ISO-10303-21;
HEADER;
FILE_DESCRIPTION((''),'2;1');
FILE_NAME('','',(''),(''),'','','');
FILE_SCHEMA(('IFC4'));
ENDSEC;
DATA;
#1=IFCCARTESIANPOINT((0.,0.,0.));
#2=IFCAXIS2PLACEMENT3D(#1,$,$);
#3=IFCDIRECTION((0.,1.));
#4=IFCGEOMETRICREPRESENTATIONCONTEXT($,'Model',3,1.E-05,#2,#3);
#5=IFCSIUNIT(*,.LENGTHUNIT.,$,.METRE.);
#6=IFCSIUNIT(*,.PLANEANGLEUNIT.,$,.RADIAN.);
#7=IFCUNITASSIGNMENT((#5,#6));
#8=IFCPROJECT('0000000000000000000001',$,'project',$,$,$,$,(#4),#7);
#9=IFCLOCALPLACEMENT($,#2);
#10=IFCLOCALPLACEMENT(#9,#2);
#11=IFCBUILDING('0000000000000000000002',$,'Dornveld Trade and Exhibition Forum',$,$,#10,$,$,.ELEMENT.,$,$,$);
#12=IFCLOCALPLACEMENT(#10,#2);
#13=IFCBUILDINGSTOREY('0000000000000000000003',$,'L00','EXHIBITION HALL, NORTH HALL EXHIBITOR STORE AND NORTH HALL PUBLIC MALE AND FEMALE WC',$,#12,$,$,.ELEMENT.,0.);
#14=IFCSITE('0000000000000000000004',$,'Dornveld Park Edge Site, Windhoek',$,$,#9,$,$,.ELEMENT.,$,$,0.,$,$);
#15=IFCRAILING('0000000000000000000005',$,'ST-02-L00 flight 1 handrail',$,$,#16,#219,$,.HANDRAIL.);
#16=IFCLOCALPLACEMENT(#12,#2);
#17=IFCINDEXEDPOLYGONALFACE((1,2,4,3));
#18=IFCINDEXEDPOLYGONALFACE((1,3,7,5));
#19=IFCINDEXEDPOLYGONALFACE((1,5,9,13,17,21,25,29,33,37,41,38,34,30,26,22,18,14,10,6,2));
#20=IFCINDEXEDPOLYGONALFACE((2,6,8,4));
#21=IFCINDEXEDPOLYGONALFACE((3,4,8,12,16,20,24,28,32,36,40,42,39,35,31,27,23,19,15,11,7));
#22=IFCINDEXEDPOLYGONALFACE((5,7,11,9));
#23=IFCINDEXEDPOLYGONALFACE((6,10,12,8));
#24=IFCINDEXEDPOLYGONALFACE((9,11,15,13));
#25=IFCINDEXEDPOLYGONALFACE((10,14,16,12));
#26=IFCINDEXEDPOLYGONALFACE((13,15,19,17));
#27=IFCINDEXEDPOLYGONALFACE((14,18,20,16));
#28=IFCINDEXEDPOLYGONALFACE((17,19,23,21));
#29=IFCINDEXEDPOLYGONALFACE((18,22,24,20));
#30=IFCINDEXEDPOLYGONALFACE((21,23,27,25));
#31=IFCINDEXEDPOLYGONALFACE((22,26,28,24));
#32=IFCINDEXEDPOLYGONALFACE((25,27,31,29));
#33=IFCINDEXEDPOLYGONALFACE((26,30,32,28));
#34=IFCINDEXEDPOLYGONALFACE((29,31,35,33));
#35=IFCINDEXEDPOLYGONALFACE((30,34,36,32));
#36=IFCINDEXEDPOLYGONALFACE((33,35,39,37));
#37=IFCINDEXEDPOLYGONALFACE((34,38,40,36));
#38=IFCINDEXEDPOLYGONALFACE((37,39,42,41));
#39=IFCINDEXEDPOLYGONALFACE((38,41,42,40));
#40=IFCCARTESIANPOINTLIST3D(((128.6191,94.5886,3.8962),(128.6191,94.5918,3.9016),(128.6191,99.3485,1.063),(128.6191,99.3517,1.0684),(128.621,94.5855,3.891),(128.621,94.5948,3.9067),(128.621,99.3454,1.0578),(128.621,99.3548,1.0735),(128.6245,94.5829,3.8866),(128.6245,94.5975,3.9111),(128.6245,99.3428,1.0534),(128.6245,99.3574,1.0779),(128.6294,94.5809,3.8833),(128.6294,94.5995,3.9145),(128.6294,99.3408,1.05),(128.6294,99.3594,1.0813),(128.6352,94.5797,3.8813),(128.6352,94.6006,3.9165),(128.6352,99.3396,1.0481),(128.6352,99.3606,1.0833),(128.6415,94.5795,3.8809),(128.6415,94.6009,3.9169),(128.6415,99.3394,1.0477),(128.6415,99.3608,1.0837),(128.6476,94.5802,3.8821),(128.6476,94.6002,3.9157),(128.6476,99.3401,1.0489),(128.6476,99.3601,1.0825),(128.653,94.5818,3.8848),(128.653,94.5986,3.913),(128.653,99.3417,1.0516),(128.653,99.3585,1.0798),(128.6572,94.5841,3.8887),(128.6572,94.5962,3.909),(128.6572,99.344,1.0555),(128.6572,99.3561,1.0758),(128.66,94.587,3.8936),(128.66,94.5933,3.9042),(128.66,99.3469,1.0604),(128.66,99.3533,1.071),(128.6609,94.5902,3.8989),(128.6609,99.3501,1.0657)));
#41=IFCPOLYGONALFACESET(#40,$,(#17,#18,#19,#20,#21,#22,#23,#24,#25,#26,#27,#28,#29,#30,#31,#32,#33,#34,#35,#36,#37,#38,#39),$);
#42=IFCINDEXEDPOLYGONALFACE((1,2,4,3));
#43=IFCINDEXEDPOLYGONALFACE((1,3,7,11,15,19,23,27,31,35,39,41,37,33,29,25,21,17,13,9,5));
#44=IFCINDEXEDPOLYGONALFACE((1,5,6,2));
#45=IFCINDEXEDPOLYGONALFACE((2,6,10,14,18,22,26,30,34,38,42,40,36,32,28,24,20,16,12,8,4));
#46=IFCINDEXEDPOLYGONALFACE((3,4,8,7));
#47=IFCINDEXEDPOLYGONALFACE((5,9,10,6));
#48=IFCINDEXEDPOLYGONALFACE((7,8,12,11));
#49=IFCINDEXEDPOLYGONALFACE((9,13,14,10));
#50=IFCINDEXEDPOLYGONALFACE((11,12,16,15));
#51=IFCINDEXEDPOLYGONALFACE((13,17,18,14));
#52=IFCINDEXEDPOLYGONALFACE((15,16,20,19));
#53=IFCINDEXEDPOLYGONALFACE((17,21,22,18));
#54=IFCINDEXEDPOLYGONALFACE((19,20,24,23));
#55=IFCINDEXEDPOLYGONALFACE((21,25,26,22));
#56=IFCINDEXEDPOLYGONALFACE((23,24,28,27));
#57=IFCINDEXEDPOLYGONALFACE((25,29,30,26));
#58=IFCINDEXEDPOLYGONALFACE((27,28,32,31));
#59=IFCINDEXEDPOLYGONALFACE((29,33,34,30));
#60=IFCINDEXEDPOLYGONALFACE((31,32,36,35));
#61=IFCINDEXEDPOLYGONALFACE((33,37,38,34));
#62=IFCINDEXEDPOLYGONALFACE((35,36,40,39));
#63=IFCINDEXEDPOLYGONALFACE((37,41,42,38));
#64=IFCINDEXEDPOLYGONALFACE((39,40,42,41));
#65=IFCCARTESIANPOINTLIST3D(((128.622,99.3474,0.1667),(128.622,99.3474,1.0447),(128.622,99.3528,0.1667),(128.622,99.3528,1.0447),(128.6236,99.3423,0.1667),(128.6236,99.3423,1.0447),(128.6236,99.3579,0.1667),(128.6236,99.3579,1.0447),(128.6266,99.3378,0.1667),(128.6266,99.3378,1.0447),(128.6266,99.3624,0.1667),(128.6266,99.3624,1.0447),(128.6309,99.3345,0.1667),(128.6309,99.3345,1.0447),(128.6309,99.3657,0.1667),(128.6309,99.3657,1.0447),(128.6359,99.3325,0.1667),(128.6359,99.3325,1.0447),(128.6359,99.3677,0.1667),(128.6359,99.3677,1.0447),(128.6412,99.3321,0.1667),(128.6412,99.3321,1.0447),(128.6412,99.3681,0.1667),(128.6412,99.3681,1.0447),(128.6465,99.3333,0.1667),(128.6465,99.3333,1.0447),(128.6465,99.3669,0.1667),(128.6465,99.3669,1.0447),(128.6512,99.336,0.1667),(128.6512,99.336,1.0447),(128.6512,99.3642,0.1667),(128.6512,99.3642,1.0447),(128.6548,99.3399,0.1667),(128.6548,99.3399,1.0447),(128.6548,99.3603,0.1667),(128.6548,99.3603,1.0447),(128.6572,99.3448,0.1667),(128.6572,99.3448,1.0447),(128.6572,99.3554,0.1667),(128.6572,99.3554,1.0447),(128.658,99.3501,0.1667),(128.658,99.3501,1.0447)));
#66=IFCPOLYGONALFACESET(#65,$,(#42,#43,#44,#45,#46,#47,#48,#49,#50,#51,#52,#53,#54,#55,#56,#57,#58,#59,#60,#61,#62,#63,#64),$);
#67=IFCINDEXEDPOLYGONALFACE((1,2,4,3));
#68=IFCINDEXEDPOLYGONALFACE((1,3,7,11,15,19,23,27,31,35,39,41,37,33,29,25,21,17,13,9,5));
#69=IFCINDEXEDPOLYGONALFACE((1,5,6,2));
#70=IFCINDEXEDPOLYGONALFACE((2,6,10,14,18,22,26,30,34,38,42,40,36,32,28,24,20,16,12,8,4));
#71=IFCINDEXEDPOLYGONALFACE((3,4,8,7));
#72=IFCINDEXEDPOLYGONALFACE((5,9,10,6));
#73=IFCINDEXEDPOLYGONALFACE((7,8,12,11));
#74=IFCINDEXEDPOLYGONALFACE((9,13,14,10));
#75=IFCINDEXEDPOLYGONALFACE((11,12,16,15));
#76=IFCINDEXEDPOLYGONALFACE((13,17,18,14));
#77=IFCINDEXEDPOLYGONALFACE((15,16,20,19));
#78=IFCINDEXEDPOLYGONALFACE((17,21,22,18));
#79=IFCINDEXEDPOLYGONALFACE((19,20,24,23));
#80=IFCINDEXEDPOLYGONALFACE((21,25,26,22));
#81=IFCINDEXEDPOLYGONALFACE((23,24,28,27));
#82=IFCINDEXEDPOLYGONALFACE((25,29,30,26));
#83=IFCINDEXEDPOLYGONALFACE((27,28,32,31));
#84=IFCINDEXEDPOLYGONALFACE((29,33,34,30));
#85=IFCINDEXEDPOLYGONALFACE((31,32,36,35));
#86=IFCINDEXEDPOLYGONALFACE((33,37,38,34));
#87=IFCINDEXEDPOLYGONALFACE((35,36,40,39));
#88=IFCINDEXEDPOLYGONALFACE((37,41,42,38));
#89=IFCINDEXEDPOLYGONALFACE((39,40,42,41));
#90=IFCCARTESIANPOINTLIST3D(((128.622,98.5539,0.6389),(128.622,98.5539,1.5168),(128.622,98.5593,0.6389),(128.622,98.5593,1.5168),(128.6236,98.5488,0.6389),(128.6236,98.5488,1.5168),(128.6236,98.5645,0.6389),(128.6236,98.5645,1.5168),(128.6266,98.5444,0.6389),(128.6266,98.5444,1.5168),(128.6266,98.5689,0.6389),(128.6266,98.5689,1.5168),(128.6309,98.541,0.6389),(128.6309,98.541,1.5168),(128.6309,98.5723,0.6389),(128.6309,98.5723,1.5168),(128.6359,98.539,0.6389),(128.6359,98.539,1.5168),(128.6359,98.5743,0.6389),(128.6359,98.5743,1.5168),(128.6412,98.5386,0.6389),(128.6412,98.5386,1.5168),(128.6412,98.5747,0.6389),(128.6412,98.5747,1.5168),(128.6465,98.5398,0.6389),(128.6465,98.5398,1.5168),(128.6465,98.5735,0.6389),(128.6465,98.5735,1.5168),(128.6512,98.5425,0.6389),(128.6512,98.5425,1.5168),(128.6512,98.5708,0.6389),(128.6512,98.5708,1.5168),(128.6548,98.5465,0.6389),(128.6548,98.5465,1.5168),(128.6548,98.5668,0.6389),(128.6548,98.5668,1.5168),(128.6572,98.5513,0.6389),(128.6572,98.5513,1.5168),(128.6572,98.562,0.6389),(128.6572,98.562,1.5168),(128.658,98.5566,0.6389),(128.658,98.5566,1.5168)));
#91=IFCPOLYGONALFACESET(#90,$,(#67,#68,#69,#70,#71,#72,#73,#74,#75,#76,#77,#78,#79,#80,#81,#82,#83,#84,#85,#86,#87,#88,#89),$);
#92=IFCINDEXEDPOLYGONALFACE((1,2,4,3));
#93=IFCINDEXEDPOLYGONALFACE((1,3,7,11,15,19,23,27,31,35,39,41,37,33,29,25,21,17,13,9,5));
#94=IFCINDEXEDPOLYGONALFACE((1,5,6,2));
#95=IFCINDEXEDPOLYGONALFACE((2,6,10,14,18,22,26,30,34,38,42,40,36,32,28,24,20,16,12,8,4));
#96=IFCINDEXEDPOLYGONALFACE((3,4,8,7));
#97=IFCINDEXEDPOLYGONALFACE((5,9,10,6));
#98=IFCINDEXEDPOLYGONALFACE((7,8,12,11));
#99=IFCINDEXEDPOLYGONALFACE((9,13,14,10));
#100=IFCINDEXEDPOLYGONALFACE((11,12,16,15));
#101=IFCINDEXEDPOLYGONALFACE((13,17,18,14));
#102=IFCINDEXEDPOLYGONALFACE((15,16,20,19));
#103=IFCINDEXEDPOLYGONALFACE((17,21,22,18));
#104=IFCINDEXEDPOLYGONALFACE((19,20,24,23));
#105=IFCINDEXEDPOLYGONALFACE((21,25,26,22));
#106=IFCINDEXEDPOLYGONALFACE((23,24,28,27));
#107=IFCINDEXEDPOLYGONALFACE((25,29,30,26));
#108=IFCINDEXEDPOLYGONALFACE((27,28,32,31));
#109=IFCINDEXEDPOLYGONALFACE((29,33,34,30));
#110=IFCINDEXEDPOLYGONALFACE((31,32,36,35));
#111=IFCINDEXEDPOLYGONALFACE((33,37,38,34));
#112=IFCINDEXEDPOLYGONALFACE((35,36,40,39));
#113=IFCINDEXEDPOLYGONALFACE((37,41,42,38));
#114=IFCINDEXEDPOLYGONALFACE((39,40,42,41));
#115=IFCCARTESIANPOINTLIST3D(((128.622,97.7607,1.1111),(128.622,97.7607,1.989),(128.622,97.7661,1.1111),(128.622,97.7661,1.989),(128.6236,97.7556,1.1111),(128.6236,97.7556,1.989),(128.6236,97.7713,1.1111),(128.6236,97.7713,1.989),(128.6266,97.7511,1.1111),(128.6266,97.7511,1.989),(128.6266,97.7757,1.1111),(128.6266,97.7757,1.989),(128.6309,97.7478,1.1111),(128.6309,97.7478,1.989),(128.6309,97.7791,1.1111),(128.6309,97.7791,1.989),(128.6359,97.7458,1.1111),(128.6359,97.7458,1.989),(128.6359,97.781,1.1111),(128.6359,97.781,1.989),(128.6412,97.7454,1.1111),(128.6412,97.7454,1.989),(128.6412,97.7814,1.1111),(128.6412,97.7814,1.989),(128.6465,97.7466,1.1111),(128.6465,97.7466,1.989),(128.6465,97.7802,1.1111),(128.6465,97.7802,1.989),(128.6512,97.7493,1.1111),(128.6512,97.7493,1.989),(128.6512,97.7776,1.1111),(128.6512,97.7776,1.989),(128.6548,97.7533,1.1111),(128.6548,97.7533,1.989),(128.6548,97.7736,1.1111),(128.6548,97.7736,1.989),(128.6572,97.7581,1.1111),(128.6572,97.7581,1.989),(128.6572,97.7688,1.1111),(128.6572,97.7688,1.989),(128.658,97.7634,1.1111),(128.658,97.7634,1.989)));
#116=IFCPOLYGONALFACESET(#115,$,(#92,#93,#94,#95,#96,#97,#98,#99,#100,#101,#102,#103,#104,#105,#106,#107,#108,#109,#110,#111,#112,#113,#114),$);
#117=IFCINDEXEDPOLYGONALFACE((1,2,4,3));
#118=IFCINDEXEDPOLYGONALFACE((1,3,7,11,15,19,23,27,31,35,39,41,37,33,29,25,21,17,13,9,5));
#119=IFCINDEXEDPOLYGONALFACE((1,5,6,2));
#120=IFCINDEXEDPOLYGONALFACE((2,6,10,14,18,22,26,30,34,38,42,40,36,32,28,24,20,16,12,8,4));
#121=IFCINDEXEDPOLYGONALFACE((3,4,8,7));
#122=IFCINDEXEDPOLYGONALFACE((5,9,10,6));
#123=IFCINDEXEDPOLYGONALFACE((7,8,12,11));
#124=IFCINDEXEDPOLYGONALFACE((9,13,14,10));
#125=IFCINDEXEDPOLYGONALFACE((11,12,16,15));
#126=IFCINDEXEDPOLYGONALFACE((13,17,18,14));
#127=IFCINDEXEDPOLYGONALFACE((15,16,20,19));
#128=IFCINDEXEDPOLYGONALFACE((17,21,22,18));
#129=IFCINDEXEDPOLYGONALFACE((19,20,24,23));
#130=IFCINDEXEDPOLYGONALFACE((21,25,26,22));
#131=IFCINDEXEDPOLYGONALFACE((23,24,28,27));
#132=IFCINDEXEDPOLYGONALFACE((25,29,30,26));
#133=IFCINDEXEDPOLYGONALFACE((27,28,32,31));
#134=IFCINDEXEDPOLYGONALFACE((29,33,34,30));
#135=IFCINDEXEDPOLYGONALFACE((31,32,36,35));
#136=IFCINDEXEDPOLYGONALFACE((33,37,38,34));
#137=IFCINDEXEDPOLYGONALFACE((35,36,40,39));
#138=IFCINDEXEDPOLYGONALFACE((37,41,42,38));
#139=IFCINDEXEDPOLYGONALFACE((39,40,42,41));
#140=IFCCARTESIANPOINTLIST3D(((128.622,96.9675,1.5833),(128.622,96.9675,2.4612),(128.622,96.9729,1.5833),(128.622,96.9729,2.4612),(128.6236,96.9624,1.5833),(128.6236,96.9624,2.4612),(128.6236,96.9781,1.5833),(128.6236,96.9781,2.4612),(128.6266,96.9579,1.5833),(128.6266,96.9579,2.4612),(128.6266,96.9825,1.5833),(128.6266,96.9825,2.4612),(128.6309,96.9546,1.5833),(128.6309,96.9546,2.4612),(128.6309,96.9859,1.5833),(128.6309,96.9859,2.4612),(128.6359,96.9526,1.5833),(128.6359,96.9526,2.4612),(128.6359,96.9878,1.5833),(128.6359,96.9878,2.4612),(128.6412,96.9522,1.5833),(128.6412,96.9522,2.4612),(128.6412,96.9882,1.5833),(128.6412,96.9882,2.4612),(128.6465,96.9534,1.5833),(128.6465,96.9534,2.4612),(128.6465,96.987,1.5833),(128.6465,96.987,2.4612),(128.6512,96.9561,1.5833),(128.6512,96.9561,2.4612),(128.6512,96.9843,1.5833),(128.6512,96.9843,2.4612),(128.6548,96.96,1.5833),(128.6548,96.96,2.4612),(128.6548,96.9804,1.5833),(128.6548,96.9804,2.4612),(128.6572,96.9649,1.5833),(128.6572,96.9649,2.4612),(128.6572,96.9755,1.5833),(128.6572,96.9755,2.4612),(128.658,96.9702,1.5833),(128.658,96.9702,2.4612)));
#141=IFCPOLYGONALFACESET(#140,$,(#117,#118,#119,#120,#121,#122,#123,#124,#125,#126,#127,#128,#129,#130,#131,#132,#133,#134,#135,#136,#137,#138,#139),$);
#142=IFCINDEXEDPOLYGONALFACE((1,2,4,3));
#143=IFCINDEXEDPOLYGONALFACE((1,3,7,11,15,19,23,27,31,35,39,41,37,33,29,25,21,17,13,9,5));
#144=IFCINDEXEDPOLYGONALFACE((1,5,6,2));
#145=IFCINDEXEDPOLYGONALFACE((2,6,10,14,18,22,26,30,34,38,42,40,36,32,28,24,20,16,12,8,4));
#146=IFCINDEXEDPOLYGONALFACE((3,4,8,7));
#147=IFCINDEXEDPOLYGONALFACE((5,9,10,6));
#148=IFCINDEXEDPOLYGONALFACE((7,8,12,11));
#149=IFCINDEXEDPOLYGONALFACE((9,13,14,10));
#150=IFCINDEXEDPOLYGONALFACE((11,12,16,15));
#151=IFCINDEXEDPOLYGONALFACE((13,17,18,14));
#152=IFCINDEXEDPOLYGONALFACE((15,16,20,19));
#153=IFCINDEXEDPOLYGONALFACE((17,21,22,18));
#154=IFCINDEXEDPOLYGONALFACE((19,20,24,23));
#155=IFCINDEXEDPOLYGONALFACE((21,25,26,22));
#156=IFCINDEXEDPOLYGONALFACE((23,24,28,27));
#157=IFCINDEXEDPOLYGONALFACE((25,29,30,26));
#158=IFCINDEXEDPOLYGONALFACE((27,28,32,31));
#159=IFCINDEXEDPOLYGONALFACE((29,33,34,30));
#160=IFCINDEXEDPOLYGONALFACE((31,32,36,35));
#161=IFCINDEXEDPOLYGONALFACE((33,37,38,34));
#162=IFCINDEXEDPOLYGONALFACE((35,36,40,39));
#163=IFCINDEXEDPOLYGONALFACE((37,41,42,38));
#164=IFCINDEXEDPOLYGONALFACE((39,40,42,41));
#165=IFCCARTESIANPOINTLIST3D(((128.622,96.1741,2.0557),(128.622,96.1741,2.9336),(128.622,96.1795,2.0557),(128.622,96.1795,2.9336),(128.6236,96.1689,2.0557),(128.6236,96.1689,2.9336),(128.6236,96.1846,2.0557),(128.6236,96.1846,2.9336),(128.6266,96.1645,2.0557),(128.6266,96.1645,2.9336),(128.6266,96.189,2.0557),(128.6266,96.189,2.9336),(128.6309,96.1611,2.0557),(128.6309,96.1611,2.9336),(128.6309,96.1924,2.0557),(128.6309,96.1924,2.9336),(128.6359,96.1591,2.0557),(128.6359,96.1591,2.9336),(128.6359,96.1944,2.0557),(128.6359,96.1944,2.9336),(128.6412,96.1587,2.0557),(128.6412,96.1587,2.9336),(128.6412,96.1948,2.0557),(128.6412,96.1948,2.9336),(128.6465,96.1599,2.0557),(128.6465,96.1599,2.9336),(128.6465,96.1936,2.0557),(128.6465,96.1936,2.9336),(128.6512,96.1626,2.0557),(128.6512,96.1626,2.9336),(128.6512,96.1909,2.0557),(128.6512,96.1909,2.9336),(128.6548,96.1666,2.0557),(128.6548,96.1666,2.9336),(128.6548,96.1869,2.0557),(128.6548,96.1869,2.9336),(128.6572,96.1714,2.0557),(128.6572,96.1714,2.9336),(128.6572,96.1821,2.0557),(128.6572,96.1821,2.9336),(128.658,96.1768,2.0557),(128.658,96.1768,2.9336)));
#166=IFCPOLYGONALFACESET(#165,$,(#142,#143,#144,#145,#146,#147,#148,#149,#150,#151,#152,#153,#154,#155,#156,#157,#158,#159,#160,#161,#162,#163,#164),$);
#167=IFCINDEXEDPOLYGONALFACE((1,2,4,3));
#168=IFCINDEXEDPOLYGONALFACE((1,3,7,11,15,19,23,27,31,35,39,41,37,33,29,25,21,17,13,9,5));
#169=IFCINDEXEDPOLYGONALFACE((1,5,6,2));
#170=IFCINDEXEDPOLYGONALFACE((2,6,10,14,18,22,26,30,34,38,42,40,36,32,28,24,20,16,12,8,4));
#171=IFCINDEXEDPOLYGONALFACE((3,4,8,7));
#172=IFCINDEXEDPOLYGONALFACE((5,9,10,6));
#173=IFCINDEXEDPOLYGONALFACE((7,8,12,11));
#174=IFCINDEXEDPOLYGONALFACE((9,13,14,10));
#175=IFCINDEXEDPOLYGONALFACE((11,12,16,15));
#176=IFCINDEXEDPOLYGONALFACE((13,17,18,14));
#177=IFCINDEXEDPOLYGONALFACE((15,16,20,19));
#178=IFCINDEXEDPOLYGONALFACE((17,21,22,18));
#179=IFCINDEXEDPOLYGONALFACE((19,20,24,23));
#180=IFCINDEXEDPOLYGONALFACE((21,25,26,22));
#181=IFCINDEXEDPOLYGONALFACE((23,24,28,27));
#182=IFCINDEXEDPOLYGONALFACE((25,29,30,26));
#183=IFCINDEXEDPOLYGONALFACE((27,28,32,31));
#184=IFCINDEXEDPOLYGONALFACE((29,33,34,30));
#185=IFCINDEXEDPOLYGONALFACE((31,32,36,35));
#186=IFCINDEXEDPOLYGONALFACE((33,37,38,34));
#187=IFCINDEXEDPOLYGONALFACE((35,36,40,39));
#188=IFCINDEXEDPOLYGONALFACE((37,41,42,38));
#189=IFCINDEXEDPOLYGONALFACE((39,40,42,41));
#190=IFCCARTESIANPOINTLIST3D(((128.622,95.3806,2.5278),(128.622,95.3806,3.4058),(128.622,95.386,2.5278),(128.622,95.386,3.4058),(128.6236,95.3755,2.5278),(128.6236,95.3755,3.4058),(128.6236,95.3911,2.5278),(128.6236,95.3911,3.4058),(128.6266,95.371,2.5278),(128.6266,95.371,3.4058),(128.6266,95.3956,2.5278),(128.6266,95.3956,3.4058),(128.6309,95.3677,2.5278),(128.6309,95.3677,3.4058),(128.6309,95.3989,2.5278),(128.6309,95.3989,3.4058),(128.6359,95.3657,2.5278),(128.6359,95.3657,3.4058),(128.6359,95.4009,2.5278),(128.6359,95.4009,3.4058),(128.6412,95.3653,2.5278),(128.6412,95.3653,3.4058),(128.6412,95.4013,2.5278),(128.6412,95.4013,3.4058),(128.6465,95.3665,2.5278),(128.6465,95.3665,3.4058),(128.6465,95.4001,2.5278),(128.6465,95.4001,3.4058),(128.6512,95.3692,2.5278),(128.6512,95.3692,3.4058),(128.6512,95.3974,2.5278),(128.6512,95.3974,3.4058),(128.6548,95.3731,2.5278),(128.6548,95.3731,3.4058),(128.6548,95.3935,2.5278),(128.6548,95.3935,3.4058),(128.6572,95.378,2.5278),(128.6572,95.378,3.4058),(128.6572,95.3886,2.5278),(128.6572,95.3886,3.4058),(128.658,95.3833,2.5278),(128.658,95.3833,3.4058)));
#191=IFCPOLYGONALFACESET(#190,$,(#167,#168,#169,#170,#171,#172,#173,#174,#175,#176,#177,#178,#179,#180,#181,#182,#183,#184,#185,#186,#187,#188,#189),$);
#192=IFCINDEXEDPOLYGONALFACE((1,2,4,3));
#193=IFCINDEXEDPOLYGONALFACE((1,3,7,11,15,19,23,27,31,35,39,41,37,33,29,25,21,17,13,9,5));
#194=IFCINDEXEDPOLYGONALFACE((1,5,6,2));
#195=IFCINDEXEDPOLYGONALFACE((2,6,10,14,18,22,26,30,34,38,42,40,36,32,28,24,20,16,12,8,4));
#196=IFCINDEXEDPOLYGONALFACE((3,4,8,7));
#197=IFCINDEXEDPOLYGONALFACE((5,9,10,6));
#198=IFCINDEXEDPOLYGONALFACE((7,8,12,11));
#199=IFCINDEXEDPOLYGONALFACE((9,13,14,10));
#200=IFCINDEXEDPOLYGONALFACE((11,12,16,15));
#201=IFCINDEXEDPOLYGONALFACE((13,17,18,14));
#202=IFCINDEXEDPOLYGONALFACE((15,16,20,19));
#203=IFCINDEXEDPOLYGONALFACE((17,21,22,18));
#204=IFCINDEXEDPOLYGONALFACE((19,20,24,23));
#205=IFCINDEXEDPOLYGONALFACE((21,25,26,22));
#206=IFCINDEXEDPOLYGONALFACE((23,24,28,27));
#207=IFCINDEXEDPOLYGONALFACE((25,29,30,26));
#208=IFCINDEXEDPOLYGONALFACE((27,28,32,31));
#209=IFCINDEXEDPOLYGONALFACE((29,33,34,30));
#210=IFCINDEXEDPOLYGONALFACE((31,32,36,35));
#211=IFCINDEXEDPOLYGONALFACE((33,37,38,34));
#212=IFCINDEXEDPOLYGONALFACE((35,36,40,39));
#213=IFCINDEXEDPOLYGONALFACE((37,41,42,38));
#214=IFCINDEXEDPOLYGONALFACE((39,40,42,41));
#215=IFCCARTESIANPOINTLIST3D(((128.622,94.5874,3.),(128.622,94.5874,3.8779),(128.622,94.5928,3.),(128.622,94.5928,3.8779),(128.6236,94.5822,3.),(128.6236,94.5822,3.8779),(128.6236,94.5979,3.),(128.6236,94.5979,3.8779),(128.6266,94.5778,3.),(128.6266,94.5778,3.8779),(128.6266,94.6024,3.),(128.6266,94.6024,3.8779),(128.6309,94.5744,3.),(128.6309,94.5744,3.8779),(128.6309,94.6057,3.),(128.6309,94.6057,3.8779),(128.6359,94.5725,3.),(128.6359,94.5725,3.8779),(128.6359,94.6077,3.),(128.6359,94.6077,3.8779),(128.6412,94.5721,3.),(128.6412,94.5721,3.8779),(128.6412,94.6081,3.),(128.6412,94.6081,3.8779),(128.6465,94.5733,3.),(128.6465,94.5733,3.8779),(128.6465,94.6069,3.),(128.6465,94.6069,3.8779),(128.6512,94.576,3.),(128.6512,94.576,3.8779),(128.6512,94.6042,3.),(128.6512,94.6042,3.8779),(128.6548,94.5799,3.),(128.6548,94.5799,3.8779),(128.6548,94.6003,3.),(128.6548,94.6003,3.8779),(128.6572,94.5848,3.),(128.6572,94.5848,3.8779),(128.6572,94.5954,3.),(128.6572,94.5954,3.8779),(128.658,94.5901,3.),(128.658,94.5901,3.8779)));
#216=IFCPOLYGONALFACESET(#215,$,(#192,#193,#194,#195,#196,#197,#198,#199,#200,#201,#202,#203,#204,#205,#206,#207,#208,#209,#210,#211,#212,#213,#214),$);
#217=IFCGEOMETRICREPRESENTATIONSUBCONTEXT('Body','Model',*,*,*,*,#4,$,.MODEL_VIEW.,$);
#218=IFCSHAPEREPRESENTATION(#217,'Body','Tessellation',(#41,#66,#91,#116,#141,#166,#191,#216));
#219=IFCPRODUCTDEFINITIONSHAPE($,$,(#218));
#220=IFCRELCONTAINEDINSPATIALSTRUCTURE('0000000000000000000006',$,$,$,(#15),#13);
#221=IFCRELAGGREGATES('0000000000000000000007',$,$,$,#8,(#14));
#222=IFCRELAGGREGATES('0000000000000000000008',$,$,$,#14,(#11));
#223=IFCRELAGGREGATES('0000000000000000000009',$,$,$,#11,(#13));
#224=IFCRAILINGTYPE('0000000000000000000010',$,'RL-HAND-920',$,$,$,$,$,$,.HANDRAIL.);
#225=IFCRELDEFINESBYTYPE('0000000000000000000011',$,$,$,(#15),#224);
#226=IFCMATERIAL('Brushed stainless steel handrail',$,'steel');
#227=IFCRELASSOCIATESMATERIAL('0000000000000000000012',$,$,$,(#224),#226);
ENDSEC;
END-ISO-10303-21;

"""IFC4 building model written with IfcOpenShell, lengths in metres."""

from ifc_helpers import new_model, si_unit, direction, frame, origin, origin_2d, place, context, subcontext, project, spatial, circle, extrude, material, type_object, element, save


model = new_model("IFC4")

# Units and contexts
model_context = context("Model", 3, precision=1e-05, world=origin(), true_north=direction((0.0, 1.0)))
body_context = subcontext(model_context, "Body", "Model", "MODEL_VIEW")
ifc_project = project(units=[si_unit("LENGTHUNIT", "METRE"), si_unit("PLANEANGLEUNIT", "RADIAN")], contexts=[model_context])

# Site, building, storey
site_placement = place(None, origin())
site = spatial("IfcSite", under=ifc_project, at=site_placement, Name="Dornveld Park Edge Site, Windhoek", CompositionType="ELEMENT", RefElevation=0.0)
building_placement = place(site_placement, origin())
building = spatial("IfcBuilding", under=site, at=building_placement, Name="Dornveld Trade and Exhibition Forum", CompositionType="ELEMENT")
storey_placement = place(building_placement, origin())
storey = spatial("IfcBuildingStorey", under=building, at=storey_placement, Name="L00", Description="EXHIBITION HALL, NORTH HALL EXHIBITOR STORE AND NORTH HALL PUBLIC MALE AND FEMALE WC", CompositionType="ELEMENT", Elevation=0.0)

# Railing
ifc_material_1 = material(Name="Brushed stainless steel handrail", Category="steel")
railing_type = type_object("IfcRailingType", Name="RL-HAND-920", PredefinedType="HANDRAIL", material=ifc_material_1)
railing_placement = place(storey_placement, frame((128.6399, 99.3501, 0.1667)))
element("IfcRailing", 1, at=railing_placement, inside=storey, type_object=railing_type, Name="ST-02-L00 flight 1 handrail", PredefinedType="HANDRAIL", context=body_context, shape_type="SweptSolid", body=[
    extrude(circle(Radius=0.021, at=origin_2d()), frame((0.0, 0.0, 0.8989), z_axis=(0.0, -0.8593, 0.511472), x_axis=(1.0, 0.0, 0.0)), (0.0, 0.0, 1.0), 5.5393),
    extrude(circle(Radius=0.0181, at=origin_2d()), origin(), (0.0, 0.0, 1.0), 0.8779),
    extrude(circle(Radius=0.0181, at=origin_2d()), frame((0.0, -0.7935, 0.4722)), (0.0, 0.0, 1.0), 0.8779),
    extrude(circle(Radius=0.0181, at=origin_2d()), frame((0.0, -1.5867, 0.9443)), (0.0, 0.0, 1.0), 0.8779),
    extrude(circle(Radius=0.0181, at=origin_2d()), frame((0.0, -2.3799, 1.4165)), (0.0, 0.0, 1.0), 0.8779),
    extrude(circle(Radius=0.0181, at=origin_2d()), frame((0.0, -3.1733, 1.8889)), (0.0, 0.0, 1.0), 0.8779),
    extrude(circle(Radius=0.0181, at=origin_2d()), frame((0.0, -3.9668, 2.3611)), (0.0, 0.0, 1.0), 0.8779),
    extrude(circle(Radius=0.0181, at=origin_2d()), frame((0.0, -4.76, 2.8333)), (0.0, 0.0, 1.0), 0.8779),
])

save(model, "model.ifc")
